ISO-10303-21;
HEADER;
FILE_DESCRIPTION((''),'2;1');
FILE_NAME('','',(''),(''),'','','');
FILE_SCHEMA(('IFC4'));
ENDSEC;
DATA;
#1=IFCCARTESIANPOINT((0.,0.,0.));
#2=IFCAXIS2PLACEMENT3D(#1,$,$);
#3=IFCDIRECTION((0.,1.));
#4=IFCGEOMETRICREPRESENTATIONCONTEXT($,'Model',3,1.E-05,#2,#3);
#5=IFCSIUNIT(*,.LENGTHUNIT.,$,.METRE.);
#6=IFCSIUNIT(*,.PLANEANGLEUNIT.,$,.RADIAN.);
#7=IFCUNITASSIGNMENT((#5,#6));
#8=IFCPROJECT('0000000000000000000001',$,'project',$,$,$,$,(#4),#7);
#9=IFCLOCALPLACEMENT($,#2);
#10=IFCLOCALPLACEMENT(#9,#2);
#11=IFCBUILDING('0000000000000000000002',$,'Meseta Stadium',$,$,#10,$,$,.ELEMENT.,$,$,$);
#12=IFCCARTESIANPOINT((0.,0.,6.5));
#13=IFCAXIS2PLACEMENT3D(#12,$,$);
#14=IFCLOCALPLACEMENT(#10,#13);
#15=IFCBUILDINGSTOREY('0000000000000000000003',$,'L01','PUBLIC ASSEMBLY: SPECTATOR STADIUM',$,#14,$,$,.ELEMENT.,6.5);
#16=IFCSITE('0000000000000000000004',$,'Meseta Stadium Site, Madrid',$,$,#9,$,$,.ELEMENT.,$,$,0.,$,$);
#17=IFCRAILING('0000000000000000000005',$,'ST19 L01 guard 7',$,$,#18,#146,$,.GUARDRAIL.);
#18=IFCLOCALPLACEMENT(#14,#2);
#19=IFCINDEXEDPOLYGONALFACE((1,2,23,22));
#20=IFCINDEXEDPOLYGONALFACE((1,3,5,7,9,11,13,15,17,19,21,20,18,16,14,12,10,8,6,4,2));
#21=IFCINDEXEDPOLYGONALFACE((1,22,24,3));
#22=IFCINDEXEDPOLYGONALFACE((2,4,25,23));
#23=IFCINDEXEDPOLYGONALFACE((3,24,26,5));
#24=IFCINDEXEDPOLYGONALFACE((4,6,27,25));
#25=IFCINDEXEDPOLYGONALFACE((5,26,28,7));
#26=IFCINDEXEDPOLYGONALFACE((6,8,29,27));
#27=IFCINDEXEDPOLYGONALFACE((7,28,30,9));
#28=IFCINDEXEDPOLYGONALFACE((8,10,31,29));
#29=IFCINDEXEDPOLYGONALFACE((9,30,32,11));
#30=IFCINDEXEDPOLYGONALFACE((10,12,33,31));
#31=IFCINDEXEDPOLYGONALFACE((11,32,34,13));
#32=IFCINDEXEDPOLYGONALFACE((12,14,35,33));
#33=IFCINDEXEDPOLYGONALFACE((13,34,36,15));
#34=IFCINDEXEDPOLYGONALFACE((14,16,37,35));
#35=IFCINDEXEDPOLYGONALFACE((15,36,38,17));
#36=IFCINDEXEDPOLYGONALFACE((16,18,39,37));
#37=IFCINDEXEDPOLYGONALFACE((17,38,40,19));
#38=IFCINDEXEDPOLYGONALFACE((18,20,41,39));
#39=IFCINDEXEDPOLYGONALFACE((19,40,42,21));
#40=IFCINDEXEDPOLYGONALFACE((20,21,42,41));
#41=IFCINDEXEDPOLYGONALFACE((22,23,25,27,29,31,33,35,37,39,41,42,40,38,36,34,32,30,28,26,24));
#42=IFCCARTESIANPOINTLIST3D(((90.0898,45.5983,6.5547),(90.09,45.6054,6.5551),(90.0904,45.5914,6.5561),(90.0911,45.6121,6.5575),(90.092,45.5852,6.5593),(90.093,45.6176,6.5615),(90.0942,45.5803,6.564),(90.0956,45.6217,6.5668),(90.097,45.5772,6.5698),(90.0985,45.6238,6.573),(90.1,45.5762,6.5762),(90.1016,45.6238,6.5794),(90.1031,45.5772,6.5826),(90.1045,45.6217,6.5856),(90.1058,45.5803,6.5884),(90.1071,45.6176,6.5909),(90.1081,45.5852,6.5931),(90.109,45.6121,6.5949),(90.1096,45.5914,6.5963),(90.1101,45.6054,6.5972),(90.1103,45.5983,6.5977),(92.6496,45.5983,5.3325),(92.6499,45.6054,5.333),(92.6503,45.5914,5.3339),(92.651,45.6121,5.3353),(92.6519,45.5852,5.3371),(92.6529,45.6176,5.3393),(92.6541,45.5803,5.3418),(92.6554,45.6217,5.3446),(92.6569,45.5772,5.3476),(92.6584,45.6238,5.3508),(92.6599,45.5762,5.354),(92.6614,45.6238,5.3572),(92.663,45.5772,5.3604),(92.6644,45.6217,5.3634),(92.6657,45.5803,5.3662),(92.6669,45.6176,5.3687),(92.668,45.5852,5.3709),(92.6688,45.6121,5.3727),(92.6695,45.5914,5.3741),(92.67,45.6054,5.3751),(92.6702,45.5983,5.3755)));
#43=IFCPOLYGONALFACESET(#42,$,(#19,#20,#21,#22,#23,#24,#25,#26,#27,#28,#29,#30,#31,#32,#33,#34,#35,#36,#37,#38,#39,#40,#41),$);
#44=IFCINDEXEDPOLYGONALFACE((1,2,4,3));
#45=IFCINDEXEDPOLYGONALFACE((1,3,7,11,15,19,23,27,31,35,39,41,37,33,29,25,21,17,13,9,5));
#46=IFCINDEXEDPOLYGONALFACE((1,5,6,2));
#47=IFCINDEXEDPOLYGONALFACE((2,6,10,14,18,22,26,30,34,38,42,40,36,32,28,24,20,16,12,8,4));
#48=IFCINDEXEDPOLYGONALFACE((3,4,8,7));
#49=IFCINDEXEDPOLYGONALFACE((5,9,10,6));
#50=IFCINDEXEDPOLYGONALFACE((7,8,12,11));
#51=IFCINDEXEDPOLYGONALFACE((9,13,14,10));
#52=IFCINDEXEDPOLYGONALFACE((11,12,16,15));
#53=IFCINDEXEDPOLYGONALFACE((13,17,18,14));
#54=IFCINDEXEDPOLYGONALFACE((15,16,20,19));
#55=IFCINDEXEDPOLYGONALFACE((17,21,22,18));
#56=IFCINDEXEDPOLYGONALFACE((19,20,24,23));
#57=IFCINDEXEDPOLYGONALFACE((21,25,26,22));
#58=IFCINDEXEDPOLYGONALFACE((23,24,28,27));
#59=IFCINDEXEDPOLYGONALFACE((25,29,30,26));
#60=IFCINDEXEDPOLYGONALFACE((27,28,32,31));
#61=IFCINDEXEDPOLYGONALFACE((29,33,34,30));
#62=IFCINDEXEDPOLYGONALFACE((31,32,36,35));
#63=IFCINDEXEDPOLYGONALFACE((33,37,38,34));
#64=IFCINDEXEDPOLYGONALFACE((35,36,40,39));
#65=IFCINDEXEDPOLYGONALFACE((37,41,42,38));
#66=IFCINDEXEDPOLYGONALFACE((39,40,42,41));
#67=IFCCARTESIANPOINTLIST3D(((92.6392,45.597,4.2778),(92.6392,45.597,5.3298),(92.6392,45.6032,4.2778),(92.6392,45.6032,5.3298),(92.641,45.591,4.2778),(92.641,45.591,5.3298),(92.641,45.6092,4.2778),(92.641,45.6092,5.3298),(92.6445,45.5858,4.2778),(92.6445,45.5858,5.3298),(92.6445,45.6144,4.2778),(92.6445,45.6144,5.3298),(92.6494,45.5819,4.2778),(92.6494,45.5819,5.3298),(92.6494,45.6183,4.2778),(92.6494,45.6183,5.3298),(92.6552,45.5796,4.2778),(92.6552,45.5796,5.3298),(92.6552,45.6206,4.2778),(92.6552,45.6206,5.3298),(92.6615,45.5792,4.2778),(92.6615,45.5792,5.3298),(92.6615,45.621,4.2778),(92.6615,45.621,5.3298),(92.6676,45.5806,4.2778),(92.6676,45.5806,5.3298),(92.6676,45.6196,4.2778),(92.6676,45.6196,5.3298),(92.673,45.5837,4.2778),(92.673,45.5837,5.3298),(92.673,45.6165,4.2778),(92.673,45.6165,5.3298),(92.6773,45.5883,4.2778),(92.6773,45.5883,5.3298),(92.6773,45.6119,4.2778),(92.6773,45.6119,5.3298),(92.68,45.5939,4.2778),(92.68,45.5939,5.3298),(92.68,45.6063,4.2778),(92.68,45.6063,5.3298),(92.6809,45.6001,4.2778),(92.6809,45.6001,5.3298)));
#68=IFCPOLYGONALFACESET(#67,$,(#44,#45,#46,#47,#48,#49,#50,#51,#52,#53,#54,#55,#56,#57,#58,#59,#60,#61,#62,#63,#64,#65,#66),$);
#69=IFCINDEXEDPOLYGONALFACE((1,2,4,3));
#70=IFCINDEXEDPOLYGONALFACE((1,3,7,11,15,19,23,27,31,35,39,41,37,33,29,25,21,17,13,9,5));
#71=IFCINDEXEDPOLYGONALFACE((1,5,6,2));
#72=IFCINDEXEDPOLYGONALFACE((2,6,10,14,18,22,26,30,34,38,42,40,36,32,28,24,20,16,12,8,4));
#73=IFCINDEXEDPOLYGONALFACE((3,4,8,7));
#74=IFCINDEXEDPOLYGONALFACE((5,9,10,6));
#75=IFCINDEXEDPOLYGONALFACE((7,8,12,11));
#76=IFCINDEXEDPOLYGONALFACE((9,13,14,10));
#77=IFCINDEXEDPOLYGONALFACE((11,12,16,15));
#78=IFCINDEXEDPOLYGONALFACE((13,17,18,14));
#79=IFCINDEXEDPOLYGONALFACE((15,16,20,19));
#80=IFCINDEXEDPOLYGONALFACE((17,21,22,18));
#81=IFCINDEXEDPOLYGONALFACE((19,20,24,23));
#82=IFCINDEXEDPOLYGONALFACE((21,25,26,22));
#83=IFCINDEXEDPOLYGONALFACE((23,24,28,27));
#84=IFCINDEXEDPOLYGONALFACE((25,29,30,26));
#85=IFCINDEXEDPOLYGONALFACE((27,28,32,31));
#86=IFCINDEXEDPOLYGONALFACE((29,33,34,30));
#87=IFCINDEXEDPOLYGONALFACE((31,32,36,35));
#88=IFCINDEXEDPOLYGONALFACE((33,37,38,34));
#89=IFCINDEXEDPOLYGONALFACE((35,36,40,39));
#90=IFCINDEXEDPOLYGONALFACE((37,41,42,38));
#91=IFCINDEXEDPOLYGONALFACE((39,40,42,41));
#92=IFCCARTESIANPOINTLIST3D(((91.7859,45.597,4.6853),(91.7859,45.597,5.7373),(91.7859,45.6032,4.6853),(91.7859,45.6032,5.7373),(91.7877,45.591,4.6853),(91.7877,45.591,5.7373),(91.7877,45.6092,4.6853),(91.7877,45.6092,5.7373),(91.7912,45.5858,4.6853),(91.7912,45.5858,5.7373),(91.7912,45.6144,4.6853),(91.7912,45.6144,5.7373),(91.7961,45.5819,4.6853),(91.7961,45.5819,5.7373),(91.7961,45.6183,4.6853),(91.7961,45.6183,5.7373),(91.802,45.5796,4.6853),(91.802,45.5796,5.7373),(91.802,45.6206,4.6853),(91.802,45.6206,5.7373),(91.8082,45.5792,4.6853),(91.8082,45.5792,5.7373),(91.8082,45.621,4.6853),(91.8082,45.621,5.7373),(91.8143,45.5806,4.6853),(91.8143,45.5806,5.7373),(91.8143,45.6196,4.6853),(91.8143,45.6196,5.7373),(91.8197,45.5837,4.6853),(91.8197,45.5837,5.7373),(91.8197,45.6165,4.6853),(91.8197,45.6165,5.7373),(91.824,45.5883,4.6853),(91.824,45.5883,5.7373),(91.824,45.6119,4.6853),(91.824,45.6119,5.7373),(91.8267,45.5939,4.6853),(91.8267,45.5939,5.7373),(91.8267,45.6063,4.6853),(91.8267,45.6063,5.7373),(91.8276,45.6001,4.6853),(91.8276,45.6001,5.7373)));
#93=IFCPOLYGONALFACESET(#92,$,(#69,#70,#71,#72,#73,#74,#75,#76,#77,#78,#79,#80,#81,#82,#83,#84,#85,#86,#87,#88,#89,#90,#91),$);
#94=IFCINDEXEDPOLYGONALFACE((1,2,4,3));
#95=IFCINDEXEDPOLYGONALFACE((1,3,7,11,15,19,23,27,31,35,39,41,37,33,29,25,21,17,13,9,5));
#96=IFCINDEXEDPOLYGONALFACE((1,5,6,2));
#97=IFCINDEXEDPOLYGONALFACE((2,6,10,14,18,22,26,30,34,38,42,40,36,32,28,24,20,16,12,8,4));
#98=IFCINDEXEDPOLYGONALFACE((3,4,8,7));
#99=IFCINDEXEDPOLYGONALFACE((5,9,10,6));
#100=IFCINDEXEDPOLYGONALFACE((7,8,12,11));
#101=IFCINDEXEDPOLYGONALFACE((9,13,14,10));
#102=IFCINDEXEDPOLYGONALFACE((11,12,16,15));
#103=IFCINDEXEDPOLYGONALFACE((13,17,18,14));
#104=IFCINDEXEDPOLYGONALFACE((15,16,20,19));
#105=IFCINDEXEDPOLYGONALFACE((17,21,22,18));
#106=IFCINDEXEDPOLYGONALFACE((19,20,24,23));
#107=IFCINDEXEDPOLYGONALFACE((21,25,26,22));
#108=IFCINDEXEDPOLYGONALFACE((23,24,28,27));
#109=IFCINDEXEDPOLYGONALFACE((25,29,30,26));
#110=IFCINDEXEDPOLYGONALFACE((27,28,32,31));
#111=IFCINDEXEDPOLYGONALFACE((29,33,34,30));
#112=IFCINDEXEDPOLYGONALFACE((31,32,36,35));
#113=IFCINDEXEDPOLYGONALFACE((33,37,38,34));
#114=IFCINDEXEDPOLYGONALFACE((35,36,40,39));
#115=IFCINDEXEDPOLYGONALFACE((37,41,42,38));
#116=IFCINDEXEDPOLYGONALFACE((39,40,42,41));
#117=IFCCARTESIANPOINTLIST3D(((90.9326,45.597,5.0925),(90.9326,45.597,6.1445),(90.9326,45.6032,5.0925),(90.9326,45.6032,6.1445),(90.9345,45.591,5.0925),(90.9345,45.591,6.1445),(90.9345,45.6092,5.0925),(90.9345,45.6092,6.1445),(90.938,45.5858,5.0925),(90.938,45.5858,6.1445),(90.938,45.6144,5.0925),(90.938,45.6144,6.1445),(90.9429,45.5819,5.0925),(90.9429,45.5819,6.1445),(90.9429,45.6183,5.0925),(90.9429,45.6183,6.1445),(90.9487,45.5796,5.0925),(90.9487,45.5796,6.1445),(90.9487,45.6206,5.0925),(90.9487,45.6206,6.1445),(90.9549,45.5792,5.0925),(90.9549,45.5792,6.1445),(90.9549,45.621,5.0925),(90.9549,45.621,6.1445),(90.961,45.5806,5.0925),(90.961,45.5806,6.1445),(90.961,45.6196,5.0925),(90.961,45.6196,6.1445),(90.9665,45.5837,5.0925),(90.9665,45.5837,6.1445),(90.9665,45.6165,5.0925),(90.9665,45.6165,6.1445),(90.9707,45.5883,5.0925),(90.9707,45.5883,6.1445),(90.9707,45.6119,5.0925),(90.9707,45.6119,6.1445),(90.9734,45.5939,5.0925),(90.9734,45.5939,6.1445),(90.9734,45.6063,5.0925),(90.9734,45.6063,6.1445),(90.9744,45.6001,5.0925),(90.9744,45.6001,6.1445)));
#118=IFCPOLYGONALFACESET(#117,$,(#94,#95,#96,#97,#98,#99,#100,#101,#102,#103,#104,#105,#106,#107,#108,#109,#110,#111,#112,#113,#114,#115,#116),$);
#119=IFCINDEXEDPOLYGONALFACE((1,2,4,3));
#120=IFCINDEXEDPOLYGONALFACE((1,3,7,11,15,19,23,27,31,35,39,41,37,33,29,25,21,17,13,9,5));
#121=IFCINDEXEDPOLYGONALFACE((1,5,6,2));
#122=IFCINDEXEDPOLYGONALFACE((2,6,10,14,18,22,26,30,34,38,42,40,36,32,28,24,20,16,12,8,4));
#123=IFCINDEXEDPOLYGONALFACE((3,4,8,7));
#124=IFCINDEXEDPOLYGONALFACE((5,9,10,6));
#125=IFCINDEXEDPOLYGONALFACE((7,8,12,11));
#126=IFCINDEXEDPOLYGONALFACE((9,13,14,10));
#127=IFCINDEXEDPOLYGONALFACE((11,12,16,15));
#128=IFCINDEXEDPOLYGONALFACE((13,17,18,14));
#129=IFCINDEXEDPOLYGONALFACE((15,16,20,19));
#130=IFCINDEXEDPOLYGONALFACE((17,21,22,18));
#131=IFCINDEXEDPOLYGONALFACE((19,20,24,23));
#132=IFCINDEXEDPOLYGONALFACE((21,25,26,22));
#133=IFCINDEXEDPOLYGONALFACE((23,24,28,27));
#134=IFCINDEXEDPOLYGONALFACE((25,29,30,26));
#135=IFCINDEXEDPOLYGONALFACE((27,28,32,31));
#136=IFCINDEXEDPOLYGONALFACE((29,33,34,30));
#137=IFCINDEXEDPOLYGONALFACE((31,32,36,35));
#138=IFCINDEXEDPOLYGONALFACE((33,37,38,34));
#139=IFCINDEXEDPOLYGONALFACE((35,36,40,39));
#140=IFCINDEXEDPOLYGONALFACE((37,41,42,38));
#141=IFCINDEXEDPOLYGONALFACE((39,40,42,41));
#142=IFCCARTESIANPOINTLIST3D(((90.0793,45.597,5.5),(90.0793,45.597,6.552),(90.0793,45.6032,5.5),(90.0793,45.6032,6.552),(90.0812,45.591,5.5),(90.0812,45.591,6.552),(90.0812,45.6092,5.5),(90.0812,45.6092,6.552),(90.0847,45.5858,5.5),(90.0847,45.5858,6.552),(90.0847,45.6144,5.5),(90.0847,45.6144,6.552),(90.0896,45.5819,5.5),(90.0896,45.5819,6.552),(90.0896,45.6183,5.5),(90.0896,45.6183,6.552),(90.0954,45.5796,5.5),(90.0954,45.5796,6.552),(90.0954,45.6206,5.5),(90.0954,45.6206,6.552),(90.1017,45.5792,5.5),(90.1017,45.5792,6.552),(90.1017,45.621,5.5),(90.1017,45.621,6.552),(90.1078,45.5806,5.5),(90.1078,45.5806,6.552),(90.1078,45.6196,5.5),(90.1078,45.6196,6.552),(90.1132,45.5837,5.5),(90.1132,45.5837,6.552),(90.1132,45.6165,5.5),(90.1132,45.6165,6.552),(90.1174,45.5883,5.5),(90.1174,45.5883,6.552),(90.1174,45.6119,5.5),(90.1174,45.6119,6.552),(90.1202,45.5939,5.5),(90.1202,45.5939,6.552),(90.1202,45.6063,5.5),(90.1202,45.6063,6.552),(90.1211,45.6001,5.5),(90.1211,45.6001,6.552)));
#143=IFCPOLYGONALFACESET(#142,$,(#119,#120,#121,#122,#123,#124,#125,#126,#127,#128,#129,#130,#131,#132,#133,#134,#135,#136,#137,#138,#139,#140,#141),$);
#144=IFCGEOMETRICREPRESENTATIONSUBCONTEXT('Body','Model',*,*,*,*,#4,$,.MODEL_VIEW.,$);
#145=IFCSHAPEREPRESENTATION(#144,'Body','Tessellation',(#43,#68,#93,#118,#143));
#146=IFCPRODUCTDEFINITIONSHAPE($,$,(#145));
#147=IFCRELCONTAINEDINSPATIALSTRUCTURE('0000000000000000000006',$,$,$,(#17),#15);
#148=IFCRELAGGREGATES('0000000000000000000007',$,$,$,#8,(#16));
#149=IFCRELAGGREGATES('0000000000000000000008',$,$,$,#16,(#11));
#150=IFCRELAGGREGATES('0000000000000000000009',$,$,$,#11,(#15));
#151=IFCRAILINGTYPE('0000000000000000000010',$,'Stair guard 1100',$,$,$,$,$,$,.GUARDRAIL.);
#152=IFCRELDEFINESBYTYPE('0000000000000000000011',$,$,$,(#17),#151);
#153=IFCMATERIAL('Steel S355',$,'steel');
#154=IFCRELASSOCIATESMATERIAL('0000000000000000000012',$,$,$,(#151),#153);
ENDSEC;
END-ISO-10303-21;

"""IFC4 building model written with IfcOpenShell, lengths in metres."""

from ifc_helpers import new_model, si_unit, direction, frame, origin, origin_2d, place, context, subcontext, project, spatial, circle, extrude, material, type_object, element, save


model = new_model("IFC4")

# Units and contexts
model_context = context("Model", 3, precision=1e-05, world=origin(), true_north=direction((0.0, 1.0)))
body_context = subcontext(model_context, "Body", "Model", "MODEL_VIEW")
ifc_project = project(units=[si_unit("LENGTHUNIT", "METRE"), si_unit("PLANEANGLEUNIT", "RADIAN")], contexts=[model_context])

# Site, building, storey
site_placement = place(None, origin())
site = spatial("IfcSite", under=ifc_project, at=site_placement, Name="Meseta Stadium Site, Madrid", CompositionType="ELEMENT", RefElevation=0.0)
building_placement = place(site_placement, origin())
building = spatial("IfcBuilding", under=site, at=building_placement, Name="Meseta Stadium", CompositionType="ELEMENT")
storey_placement = place(building_placement, frame((0.0, 0.0, 6.5)))
storey = spatial("IfcBuildingStorey", under=building, at=storey_placement, Name="L01", Description="PUBLIC ASSEMBLY: SPECTATOR STADIUM", CompositionType="ELEMENT", Elevation=6.5)

# Railing
ifc_material_1 = material(Name="Steel S355", Category="steel")
railing_type_1 = type_object("IfcRailingType", Name="Stair guard 1100", PredefinedType="GUARDRAIL", material=ifc_material_1)
railing_1_placement = place(storey_placement, frame((92.6599, 45.6001, 4.2778)))
element("IfcRailing", 1, at=railing_1_placement, inside=storey, type_object=railing_type_1, Name="ST19 L01 guard 7", PredefinedType="GUARDRAIL", context=body_context, shape_type="SweptSolid", body=[
    extrude(circle(Radius=0.0239, at=origin_2d()), frame((0.0, 0.0, 1.0762), z_axis=(-0.902421, 0.0, 0.430855), x_axis=(0.0, -1.0, 0.0)), (0.0, 0.0, 1.0), 2.8367),
    extrude(circle(Radius=0.021, at=origin_2d()), origin(), (0.0, 0.0, 1.0), 1.052),
    extrude(circle(Radius=0.021, at=origin_2d()), frame((-0.8533, 0.0, 0.4075)), (0.0, 0.0, 1.0), 1.052),
    extrude(circle(Radius=0.021, at=origin_2d()), frame((-1.7065, 0.0, 0.8147)), (0.0, 0.0, 1.0), 1.052),
    extrude(circle(Radius=0.021, at=origin_2d()), frame((-2.5598, 0.0, 1.2222)), (0.0, 0.0, 1.0), 1.052),
])

save(model, "model.ifc")
